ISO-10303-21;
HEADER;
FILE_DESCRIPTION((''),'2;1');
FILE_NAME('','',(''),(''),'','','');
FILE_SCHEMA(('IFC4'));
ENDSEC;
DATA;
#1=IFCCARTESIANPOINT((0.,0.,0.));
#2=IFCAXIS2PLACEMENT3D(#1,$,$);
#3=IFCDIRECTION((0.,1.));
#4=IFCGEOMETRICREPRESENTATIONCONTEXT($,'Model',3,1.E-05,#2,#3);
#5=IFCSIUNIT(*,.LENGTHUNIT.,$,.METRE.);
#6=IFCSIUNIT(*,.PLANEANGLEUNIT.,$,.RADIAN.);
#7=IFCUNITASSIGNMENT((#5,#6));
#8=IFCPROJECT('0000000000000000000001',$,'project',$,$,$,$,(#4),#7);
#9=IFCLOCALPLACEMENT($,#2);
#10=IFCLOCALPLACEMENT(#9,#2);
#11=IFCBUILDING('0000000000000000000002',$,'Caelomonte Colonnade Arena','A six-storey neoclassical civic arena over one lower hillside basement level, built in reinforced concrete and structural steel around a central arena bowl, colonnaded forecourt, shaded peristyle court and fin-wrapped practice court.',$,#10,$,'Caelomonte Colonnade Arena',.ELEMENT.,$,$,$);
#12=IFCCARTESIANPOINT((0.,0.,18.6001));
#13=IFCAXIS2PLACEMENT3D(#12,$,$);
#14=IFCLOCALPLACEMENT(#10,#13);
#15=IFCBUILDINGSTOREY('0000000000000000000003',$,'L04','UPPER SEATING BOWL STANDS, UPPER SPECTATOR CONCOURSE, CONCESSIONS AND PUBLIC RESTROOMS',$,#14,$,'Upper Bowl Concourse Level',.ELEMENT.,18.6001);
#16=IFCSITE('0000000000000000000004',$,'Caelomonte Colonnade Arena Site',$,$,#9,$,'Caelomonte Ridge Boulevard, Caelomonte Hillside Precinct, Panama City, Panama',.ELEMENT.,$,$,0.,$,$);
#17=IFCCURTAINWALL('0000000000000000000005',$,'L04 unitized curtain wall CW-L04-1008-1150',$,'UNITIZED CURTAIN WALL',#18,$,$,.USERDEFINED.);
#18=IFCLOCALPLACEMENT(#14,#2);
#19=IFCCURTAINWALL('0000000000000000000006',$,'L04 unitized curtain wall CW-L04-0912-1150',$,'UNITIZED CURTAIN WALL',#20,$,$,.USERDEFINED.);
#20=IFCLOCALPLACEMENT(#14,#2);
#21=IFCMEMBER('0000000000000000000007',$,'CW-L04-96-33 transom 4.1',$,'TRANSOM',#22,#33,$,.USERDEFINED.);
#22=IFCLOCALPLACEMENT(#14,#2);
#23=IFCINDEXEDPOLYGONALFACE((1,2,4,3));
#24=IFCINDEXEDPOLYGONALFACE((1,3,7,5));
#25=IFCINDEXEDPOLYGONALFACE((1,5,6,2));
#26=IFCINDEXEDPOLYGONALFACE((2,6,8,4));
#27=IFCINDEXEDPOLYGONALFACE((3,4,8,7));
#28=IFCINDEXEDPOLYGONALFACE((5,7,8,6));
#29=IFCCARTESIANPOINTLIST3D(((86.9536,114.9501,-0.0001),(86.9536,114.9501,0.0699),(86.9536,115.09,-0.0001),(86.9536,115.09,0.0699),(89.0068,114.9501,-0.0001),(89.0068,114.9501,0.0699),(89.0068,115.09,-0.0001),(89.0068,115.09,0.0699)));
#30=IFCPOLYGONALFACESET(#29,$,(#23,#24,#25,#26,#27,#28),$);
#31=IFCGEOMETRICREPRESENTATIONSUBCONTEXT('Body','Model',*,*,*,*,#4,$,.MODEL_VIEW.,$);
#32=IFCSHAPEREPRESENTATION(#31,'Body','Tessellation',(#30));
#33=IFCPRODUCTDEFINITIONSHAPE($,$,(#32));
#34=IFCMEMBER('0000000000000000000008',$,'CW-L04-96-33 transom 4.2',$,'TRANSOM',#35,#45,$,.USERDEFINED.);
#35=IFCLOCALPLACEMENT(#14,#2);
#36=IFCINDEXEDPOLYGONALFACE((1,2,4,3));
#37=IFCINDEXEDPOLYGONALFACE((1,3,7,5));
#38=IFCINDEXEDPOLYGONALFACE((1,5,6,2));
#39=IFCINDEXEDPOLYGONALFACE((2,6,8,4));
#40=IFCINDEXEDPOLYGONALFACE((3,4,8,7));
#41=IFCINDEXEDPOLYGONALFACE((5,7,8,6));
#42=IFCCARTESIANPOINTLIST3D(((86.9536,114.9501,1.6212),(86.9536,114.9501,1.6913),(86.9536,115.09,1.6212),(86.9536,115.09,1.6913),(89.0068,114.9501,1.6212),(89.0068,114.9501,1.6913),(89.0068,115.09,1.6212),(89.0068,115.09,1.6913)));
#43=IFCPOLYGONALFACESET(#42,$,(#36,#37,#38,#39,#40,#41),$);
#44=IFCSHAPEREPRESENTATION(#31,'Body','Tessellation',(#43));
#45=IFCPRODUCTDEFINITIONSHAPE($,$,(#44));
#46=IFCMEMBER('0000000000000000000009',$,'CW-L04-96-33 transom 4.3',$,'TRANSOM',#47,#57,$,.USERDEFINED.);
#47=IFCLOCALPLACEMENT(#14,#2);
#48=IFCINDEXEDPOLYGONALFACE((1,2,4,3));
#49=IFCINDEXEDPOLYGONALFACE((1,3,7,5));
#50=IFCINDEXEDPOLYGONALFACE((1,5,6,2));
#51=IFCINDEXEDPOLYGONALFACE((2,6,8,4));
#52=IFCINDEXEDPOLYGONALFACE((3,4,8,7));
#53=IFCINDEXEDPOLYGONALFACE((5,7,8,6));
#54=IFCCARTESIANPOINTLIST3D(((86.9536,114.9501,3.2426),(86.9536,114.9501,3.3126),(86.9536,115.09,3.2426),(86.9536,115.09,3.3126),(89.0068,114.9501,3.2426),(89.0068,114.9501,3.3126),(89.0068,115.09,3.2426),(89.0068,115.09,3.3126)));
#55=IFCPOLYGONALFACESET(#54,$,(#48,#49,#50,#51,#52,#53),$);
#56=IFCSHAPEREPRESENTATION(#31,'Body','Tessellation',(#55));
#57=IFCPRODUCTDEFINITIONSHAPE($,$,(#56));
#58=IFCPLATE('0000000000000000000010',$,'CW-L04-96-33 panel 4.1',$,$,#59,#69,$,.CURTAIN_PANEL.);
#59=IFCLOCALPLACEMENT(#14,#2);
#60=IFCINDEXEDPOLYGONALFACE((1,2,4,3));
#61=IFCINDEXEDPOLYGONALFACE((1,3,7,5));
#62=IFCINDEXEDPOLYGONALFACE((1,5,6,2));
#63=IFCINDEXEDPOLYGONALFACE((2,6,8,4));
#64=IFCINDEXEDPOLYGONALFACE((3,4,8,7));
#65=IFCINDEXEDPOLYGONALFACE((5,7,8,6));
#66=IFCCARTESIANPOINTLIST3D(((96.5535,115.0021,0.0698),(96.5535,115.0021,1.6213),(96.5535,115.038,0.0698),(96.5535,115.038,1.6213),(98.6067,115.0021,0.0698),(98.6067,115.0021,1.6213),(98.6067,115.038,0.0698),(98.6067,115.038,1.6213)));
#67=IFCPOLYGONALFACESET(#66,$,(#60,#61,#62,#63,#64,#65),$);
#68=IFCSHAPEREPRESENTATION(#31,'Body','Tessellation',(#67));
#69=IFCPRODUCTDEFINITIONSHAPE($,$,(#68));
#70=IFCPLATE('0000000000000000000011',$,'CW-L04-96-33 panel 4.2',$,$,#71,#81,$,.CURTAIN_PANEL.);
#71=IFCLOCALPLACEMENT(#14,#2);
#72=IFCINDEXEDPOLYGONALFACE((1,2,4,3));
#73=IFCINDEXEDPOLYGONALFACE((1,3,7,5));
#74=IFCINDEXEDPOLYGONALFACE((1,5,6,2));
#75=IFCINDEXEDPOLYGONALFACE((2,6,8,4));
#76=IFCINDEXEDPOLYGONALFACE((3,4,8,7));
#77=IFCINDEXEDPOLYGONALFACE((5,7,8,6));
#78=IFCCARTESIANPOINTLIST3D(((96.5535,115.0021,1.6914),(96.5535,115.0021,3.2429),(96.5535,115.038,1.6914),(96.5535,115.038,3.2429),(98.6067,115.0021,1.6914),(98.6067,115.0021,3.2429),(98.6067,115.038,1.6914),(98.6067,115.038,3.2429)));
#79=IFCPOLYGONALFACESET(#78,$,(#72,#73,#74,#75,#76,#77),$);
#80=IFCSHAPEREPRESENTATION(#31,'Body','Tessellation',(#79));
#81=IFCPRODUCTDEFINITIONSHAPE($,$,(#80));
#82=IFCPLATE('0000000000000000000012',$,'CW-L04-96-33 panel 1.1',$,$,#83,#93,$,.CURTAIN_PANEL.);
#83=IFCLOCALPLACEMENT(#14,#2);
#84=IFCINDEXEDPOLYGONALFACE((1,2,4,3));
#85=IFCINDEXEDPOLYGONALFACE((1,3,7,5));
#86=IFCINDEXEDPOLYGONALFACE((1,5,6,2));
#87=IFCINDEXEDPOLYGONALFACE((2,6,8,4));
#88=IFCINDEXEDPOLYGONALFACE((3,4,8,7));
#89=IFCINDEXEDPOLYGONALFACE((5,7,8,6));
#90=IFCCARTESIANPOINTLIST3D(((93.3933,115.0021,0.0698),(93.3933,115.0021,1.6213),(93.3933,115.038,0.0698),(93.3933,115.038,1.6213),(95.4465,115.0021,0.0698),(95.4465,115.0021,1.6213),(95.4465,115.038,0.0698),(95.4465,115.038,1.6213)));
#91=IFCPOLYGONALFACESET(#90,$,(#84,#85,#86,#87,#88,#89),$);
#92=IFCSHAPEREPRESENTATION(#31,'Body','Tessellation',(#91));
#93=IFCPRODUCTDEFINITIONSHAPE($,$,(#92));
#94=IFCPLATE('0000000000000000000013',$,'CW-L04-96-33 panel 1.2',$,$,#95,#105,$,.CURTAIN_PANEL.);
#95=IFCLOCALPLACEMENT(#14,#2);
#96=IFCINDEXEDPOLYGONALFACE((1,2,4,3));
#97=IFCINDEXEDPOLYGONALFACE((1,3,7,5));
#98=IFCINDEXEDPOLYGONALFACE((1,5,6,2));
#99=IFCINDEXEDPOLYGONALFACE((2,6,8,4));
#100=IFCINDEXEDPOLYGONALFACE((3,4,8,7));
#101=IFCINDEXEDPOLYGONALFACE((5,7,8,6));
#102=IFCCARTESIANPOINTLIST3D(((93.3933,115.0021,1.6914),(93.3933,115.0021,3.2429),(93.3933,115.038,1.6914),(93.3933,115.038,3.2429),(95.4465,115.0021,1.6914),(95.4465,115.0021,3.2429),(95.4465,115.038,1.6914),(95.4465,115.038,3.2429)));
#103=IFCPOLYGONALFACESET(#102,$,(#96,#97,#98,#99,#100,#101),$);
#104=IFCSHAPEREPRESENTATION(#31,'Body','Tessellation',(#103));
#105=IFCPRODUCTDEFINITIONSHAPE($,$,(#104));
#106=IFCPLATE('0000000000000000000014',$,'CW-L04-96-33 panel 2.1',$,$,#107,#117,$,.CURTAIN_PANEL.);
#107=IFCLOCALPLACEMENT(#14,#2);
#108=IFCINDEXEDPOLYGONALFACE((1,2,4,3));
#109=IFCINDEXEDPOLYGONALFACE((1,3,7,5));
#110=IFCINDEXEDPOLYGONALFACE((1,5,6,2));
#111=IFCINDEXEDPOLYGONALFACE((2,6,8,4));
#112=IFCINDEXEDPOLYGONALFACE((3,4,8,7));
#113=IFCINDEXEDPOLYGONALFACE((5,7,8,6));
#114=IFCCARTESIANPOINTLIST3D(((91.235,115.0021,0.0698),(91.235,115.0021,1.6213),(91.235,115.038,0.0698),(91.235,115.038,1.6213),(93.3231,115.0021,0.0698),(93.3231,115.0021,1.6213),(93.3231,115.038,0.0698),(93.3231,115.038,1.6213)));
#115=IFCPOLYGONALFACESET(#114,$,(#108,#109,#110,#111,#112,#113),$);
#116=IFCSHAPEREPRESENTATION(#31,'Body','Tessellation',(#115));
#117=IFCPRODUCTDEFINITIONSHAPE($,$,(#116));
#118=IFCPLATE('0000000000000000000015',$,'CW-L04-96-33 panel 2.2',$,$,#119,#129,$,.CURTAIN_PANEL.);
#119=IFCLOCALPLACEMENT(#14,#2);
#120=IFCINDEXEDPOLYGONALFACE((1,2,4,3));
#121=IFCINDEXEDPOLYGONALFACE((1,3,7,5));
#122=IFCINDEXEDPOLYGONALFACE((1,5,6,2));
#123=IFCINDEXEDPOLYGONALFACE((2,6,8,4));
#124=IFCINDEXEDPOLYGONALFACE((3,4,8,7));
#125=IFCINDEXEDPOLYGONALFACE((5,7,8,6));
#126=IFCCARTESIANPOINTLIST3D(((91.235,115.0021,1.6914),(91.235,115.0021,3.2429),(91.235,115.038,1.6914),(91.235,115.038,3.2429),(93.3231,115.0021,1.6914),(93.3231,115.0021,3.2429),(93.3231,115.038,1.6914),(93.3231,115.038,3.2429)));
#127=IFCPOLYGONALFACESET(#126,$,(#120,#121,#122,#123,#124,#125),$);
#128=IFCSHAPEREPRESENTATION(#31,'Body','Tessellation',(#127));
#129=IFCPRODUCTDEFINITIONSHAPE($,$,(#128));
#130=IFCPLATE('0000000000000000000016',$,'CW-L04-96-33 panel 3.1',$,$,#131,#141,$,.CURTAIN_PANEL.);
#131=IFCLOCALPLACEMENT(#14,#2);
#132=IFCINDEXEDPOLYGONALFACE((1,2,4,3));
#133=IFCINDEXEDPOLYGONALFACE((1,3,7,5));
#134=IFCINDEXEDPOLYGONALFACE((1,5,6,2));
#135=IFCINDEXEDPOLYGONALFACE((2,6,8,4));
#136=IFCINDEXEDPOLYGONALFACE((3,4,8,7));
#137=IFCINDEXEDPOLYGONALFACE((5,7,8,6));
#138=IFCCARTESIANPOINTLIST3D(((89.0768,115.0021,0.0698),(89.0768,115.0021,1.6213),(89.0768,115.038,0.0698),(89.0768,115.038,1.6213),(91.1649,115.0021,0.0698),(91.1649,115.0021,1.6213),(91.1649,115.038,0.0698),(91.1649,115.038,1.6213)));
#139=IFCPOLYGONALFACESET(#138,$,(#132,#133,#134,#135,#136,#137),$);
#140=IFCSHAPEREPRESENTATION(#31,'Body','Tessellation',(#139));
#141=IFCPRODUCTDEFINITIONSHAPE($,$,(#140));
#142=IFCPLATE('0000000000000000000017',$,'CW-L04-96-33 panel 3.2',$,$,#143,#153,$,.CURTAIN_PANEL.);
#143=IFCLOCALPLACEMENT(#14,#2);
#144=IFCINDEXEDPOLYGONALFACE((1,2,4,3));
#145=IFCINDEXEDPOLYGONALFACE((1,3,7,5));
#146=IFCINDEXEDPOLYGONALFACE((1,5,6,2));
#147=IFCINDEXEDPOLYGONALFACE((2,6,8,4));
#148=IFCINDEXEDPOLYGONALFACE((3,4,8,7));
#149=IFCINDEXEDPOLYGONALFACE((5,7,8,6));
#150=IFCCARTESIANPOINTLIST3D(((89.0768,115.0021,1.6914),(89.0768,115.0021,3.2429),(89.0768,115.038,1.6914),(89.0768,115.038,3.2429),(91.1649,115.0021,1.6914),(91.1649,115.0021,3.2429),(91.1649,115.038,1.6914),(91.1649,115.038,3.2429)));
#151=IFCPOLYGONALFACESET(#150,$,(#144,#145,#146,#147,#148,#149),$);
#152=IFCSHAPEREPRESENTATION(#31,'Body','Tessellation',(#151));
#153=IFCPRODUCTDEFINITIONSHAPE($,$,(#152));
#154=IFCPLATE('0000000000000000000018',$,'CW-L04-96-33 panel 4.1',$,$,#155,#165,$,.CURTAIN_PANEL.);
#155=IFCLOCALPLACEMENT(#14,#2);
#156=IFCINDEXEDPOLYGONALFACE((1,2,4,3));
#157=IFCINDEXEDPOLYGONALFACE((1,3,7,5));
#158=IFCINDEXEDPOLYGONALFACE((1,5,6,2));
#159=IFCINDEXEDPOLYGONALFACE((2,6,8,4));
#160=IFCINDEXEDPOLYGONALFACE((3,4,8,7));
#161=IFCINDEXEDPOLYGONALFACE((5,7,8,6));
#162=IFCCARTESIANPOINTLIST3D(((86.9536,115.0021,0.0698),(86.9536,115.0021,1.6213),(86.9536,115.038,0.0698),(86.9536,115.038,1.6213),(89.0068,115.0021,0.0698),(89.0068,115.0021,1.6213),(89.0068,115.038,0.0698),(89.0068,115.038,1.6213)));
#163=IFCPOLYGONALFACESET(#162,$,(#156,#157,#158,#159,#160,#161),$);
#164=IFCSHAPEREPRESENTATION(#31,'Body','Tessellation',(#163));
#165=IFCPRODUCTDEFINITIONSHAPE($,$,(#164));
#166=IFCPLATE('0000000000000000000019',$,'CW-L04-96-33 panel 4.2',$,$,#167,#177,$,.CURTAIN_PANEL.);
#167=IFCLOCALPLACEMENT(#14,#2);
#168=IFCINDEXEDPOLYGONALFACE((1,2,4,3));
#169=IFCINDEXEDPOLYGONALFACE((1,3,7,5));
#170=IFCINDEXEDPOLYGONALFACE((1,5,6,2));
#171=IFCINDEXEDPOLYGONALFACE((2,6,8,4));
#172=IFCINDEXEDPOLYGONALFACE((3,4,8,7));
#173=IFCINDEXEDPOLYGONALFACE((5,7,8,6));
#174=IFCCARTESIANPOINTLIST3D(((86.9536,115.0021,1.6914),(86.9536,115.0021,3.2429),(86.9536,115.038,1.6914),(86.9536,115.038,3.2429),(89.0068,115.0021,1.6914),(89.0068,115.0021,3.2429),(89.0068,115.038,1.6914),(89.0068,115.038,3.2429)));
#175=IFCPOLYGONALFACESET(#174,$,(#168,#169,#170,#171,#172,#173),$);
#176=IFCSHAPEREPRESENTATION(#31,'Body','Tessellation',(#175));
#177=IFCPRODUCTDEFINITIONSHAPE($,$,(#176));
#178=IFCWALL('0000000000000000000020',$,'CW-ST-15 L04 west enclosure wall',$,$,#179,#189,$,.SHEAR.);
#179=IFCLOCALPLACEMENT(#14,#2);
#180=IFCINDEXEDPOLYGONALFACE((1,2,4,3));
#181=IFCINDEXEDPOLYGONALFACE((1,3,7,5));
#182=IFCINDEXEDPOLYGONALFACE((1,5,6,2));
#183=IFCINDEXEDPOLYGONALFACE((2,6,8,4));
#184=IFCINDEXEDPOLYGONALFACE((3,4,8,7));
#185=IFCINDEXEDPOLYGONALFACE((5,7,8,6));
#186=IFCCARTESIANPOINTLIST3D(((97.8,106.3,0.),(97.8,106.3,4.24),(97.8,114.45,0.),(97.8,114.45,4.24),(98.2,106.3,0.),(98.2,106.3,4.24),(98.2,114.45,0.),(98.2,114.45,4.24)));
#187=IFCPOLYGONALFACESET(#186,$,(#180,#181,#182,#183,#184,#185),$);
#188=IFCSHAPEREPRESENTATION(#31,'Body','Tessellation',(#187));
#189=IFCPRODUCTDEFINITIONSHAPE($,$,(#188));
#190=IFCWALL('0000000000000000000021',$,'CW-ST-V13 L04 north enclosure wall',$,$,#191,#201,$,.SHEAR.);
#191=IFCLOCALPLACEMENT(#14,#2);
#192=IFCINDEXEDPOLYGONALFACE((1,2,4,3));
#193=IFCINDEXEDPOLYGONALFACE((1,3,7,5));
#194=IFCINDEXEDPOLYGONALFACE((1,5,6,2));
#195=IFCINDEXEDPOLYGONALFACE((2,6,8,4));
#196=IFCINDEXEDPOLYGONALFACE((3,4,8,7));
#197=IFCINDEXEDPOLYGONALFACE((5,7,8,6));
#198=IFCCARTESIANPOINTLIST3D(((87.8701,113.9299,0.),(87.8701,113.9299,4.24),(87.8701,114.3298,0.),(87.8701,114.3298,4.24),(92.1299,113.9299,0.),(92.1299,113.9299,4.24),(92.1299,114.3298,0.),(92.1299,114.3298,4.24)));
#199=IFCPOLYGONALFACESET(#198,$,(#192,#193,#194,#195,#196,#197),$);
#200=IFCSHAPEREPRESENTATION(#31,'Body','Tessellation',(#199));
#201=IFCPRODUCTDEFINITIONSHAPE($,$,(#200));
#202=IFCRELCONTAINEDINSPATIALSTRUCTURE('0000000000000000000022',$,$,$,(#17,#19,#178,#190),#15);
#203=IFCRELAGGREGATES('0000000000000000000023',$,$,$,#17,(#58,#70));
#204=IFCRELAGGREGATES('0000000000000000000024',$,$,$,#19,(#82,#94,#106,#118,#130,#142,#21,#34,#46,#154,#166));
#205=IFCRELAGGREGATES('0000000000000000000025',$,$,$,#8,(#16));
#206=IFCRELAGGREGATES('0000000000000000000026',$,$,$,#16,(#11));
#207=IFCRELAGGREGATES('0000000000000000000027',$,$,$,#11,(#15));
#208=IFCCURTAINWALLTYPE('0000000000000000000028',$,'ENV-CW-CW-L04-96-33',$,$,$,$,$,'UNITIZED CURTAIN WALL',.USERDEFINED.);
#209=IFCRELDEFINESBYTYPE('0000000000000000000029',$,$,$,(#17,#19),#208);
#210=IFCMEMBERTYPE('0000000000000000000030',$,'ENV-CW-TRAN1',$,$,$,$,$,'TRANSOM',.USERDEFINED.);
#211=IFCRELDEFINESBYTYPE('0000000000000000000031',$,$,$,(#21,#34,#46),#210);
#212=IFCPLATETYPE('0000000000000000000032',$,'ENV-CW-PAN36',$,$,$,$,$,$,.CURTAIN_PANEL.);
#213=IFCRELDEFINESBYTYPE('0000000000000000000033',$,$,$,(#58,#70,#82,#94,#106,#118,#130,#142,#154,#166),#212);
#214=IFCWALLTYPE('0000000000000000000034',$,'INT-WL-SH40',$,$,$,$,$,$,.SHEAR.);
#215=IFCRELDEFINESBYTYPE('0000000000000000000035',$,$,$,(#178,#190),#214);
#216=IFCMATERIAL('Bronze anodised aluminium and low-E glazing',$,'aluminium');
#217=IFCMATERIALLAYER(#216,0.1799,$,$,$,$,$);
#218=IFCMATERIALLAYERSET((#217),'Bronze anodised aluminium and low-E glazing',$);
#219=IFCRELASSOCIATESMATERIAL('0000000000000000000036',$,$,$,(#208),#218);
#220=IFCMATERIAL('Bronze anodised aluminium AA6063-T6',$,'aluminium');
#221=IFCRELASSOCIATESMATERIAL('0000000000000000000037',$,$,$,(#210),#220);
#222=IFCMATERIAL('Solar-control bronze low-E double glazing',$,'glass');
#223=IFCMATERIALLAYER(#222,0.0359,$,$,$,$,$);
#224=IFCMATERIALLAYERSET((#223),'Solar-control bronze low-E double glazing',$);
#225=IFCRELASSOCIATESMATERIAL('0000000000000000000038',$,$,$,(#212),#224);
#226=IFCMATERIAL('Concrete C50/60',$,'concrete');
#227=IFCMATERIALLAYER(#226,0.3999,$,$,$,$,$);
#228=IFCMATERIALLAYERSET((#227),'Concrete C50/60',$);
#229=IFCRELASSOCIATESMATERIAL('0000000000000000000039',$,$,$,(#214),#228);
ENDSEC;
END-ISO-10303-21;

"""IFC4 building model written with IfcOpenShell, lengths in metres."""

from ifc_helpers import new_model, si_unit, direction, frame, frame_2d, origin, origin_2d, place, context, subcontext, project, spatial, rectangle, extrude, material, layer, layer_set, material_profile, profile_set, type_object, element, aggregate, save


model = new_model("IFC4")

# Units and contexts
model_context = context("Model", 3, precision=1e-05, world=origin(), true_north=direction((0.0, 1.0)))
body_context = subcontext(model_context, "Body", "Model", "MODEL_VIEW")
ifc_project = project(units=[si_unit("LENGTHUNIT", "METRE"), si_unit("PLANEANGLEUNIT", "RADIAN")], contexts=[model_context])

# Site, building, storey
site_placement = place(None, origin())
site = spatial("IfcSite", under=ifc_project, at=site_placement, Name="Caelomonte Colonnade Arena Site", LongName="Caelomonte Ridge Boulevard, Caelomonte Hillside Precinct, Panama City, Panama", CompositionType="ELEMENT", RefElevation=0.0)
building_placement = place(site_placement, origin())
building = spatial("IfcBuilding", under=site, at=building_placement, Name="Caelomonte Colonnade Arena", Description="A six-storey neoclassical civic arena over one lower hillside basement level, built in reinforced concrete and structural steel around a central arena bowl, colonnaded forecourt, shaded peristyle court and fin-wrapped practice court.", LongName="Caelomonte Colonnade Arena", CompositionType="ELEMENT")
storey_placement = place(building_placement, frame((0.0, 0.0, 18.6001)))
storey = spatial("IfcBuildingStorey", under=building, at=storey_placement, Name="L04", Description="UPPER SEATING BOWL STANDS, UPPER SPECTATOR CONCOURSE, CONCESSIONS AND PUBLIC RESTROOMS", LongName="Upper Bowl Concourse Level", CompositionType="ELEMENT", Elevation=18.6001)

# Curtain wall
ifc_material_1 = material(Name="Bronze anodised aluminium and low-E glazing", Category="aluminium")
ifc_layer_1 = layer(ifc_material_1, 0.1799)
ifc_layer_set_1 = layer_set([ifc_layer_1], Name="Bronze anodised aluminium and low-E glazing")
curtain_wall_type = type_object("IfcCurtainWallType", Name="ENV-CW-CW-L04-96-33", ElementType="UNITIZED CURTAIN WALL", PredefinedType="USERDEFINED", material=ifc_layer_set_1)
curtain_wall_1_placement = place(storey_placement, origin())
curtain_wall_1 = element("IfcCurtainWall", 1, at=curtain_wall_1_placement, inside=storey, type_object=curtain_wall_type, Name="L04 unitized curtain wall CW-L04-1008-1150", ObjectType="UNITIZED CURTAIN WALL", PredefinedType="USERDEFINED")
ifc_material_2 = material(Name="Bronze anodised aluminium AA6063-T6", Category="aluminium")

# Curtain wall, members
curtain_wall_2_placement = place(storey_placement, origin())
curtain_wall_2 = element("IfcCurtainWall", 2, at=curtain_wall_2_placement, inside=storey, type_object=curtain_wall_type, Name="L04 unitized curtain wall CW-L04-0912-1150", ObjectType="UNITIZED CURTAIN WALL", PredefinedType="USERDEFINED")
ifc_material_profile_1 = material_profile(ifc_material_2, rectangle(XDim=0.0701, YDim=0.1399, at=origin_2d()), Name="CWT-70X140")
ifc_profile_set_1 = profile_set([ifc_material_profile_1], Name="Bronze anodised aluminium AA6063-T6")
member_type_1 = type_object("IfcMemberType", Name="ENV-CW-TRAN1", ElementType="TRANSOM", PredefinedType="USERDEFINED", material=ifc_profile_set_1)
member_1_placement = place(storey_placement, frame((89.0068, 115.02, 0.0349), z_axis=(-1.0, 0.0, 0.0), x_axis=(0.0, 0.0, 1.0)))
member_1 = element("IfcMember", 3, at=member_1_placement, type_object=member_type_1, Name="CW-L04-96-33 transom 4.1", ObjectType="TRANSOM", PredefinedType="USERDEFINED", context=body_context, shape_type="SweptSolid", body=[
    extrude(rectangle(XDim=0.0701, YDim=0.1399, at=origin_2d()), origin(), (0.0, 0.0, 1.0), 2.0532),
])
member_2_placement = place(storey_placement, frame((89.0068, 115.02, 1.6562), z_axis=(-1.0, 0.0, 0.0), x_axis=(0.0, 0.0, 1.0)))
member_2 = element("IfcMember", 4, at=member_2_placement, type_object=member_type_1, Name="CW-L04-96-33 transom 4.2", ObjectType="TRANSOM", PredefinedType="USERDEFINED", context=body_context, shape_type="SweptSolid", body=[
    extrude(rectangle(XDim=0.0701, YDim=0.1399, at=origin_2d()), origin(), (0.0, 0.0, 1.0), 2.0532),
])
member_3_placement = place(storey_placement, frame((89.0068, 115.02, 3.2776), z_axis=(-1.0, 0.0, 0.0), x_axis=(0.0, 0.0, 1.0)))
member_3 = element("IfcMember", 5, at=member_3_placement, type_object=member_type_1, Name="CW-L04-96-33 transom 4.3", ObjectType="TRANSOM", PredefinedType="USERDEFINED", context=body_context, shape_type="SweptSolid", body=[
    extrude(rectangle(XDim=0.0701, YDim=0.1399, at=origin_2d()), origin(), (0.0, 0.0, 1.0), 2.0532),
])

# Plates
ifc_material_3 = material(Name="Solar-control bronze low-E double glazing", Category="glass")
ifc_layer_2 = layer(ifc_material_3, 0.0359)
ifc_layer_set_2 = layer_set([ifc_layer_2], Name="Solar-control bronze low-E double glazing")
plate_type = type_object("IfcPlateType", Name="ENV-CW-PAN36", PredefinedType="CURTAIN_PANEL", material=ifc_layer_set_2)
plate_1_placement = place(storey_placement, frame((97.5801, 115.02, 0.0698), z_axis=(0.0, 0.0, 1.0), x_axis=(-1.0, 0.0, 0.0)))
plate_1 = element("IfcPlate", 6, at=plate_1_placement, type_object=plate_type, Name="CW-L04-96-33 panel 4.1", PredefinedType="CURTAIN_PANEL", context=body_context, shape_type="SweptSolid", body=[
    extrude(rectangle(XDim=2.0532, YDim=0.0359, at=origin_2d()), origin(), (0.0, 0.0, 1.0), 1.5515),
])
plate_2_placement = place(storey_placement, frame((97.5801, 115.02, 1.6914), z_axis=(0.0, 0.0, 1.0), x_axis=(-1.0, 0.0, 0.0)))
plate_2 = element("IfcPlate", 7, at=plate_2_placement, type_object=plate_type, Name="CW-L04-96-33 panel 4.2", PredefinedType="CURTAIN_PANEL", context=body_context, shape_type="SweptSolid", body=[
    extrude(rectangle(XDim=2.0532, YDim=0.0359, at=origin_2d()), origin(), (0.0, 0.0, 1.0), 1.5515),
])
aggregate(curtain_wall_1, [plate_1, plate_2])
plate_3_placement = place(storey_placement, frame((94.4199, 115.02, 0.0698), z_axis=(0.0, 0.0, 1.0), x_axis=(-1.0, 0.0, 0.0)))
plate_3 = element("IfcPlate", 8, at=plate_3_placement, type_object=plate_type, Name="CW-L04-96-33 panel 1.1", PredefinedType="CURTAIN_PANEL", context=body_context, shape_type="SweptSolid", body=[
    extrude(rectangle(XDim=2.0532, YDim=0.0359, at=origin_2d()), origin(), (0.0, 0.0, 1.0), 1.5515),
])
plate_4_placement = place(storey_placement, frame((94.4199, 115.02, 1.6914), z_axis=(0.0, 0.0, 1.0), x_axis=(-1.0, 0.0, 0.0)))
plate_4 = element("IfcPlate", 9, at=plate_4_placement, type_object=plate_type, Name="CW-L04-96-33 panel 1.2", PredefinedType="CURTAIN_PANEL", context=body_context, shape_type="SweptSolid", body=[
    extrude(rectangle(XDim=2.0532, YDim=0.0359, at=origin_2d()), origin(), (0.0, 0.0, 1.0), 1.5515),
])
plate_5_placement = place(storey_placement, frame((92.2791, 115.02, 0.0698), z_axis=(0.0, 0.0, 1.0), x_axis=(-1.0, 0.0, 0.0)))
plate_5 = element("IfcPlate", 10, at=plate_5_placement, type_object=plate_type, Name="CW-L04-96-33 panel 2.1", PredefinedType="CURTAIN_PANEL", context=body_context, shape_type="SweptSolid", body=[
    extrude(rectangle(XDim=2.0881, YDim=0.0359, at=origin_2d()), origin(), (0.0, 0.0, 1.0), 1.5515),
])
plate_6_placement = place(storey_placement, frame((92.2791, 115.02, 1.6914), z_axis=(0.0, 0.0, 1.0), x_axis=(-1.0, 0.0, 0.0)))
plate_6 = element("IfcPlate", 11, at=plate_6_placement, type_object=plate_type, Name="CW-L04-96-33 panel 2.2", PredefinedType="CURTAIN_PANEL", context=body_context, shape_type="SweptSolid", body=[
    extrude(rectangle(XDim=2.0881, YDim=0.0359, at=origin_2d()), origin(), (0.0, 0.0, 1.0), 1.5515),
])
plate_7_placement = place(storey_placement, frame((90.1208, 115.02, 0.0698), z_axis=(0.0, 0.0, 1.0), x_axis=(-1.0, 0.0, 0.0)))
plate_7 = element("IfcPlate", 12, at=plate_7_placement, type_object=plate_type, Name="CW-L04-96-33 panel 3.1", PredefinedType="CURTAIN_PANEL", context=body_context, shape_type="SweptSolid", body=[
    extrude(rectangle(XDim=2.0881, YDim=0.0359, at=origin_2d()), origin(), (0.0, 0.0, 1.0), 1.5515),
])
plate_8_placement = place(storey_placement, frame((90.1208, 115.02, 1.6914), z_axis=(0.0, 0.0, 1.0), x_axis=(-1.0, 0.0, 0.0)))
plate_8 = element("IfcPlate", 13, at=plate_8_placement, type_object=plate_type, Name="CW-L04-96-33 panel 3.2", PredefinedType="CURTAIN_PANEL", context=body_context, shape_type="SweptSolid", body=[
    extrude(rectangle(XDim=2.0881, YDim=0.0359, at=origin_2d()), origin(), (0.0, 0.0, 1.0), 1.5515),
])
plate_9_placement = place(storey_placement, frame((87.9802, 115.02, 0.0698), z_axis=(0.0, 0.0, 1.0), x_axis=(-1.0, 0.0, 0.0)))
plate_9 = element("IfcPlate", 14, at=plate_9_placement, type_object=plate_type, Name="CW-L04-96-33 panel 4.1", PredefinedType="CURTAIN_PANEL", context=body_context, shape_type="SweptSolid", body=[
    extrude(rectangle(XDim=2.0532, YDim=0.0359, at=origin_2d()), origin(), (0.0, 0.0, 1.0), 1.5515),
])
plate_10_placement = place(storey_placement, frame((87.9802, 115.02, 1.6914), z_axis=(0.0, 0.0, 1.0), x_axis=(-1.0, 0.0, 0.0)))
plate_10 = element("IfcPlate", 15, at=plate_10_placement, type_object=plate_type, Name="CW-L04-96-33 panel 4.2", PredefinedType="CURTAIN_PANEL", context=body_context, shape_type="SweptSolid", body=[
    extrude(rectangle(XDim=2.0532, YDim=0.0359, at=origin_2d()), origin(), (0.0, 0.0, 1.0), 1.5515),
])
aggregate(curtain_wall_2, [plate_3, plate_4, plate_5, plate_6, plate_7, plate_8, member_1, member_2, member_3, plate_9, plate_10])

# Walls
ifc_material_4 = material(Name="Concrete C50/60", Category="concrete")
ifc_layer_3 = layer(ifc_material_4, 0.3999)
ifc_layer_set_3 = layer_set([ifc_layer_3], Name="Concrete C50/60")
wall_type = type_object("IfcWallType", Name="INT-WL-SH40", PredefinedType="SHEAR", material=ifc_layer_set_3)
wall_1_placement = place(storey_placement, frame((98.0, 114.45, 0.0), z_axis=(0.0, 0.0, 1.0), x_axis=(0.0, -1.0, 0.0)))
element("IfcWall", 16, at=wall_1_placement, inside=storey, type_object=wall_type, Name="CW-ST-15 L04 west enclosure wall", PredefinedType="SHEAR", context=body_context, shape_type="SweptSolid", body=[
    extrude(rectangle(XDim=8.1499, YDim=0.3999, at=frame_2d((4.075, 0.0))), origin(), (0.0, 0.0, 1.0), 4.24),
])
wall_2_placement = place(storey_placement, frame((92.1299, 114.1299, 0.0), z_axis=(0.0, 0.0, 1.0), x_axis=(-1.0, 0.0, 0.0)))
element("IfcWall", 17, at=wall_2_placement, inside=storey, type_object=wall_type, Name="CW-ST-V13 L04 north enclosure wall", PredefinedType="SHEAR", context=body_context, shape_type="SweptSolid", body=[
    extrude(rectangle(XDim=4.2598, YDim=0.3999, at=frame_2d((2.1299, 0.0))), origin(), (0.0, 0.0, 1.0), 4.24),
])

save(model, "model.ifc")
